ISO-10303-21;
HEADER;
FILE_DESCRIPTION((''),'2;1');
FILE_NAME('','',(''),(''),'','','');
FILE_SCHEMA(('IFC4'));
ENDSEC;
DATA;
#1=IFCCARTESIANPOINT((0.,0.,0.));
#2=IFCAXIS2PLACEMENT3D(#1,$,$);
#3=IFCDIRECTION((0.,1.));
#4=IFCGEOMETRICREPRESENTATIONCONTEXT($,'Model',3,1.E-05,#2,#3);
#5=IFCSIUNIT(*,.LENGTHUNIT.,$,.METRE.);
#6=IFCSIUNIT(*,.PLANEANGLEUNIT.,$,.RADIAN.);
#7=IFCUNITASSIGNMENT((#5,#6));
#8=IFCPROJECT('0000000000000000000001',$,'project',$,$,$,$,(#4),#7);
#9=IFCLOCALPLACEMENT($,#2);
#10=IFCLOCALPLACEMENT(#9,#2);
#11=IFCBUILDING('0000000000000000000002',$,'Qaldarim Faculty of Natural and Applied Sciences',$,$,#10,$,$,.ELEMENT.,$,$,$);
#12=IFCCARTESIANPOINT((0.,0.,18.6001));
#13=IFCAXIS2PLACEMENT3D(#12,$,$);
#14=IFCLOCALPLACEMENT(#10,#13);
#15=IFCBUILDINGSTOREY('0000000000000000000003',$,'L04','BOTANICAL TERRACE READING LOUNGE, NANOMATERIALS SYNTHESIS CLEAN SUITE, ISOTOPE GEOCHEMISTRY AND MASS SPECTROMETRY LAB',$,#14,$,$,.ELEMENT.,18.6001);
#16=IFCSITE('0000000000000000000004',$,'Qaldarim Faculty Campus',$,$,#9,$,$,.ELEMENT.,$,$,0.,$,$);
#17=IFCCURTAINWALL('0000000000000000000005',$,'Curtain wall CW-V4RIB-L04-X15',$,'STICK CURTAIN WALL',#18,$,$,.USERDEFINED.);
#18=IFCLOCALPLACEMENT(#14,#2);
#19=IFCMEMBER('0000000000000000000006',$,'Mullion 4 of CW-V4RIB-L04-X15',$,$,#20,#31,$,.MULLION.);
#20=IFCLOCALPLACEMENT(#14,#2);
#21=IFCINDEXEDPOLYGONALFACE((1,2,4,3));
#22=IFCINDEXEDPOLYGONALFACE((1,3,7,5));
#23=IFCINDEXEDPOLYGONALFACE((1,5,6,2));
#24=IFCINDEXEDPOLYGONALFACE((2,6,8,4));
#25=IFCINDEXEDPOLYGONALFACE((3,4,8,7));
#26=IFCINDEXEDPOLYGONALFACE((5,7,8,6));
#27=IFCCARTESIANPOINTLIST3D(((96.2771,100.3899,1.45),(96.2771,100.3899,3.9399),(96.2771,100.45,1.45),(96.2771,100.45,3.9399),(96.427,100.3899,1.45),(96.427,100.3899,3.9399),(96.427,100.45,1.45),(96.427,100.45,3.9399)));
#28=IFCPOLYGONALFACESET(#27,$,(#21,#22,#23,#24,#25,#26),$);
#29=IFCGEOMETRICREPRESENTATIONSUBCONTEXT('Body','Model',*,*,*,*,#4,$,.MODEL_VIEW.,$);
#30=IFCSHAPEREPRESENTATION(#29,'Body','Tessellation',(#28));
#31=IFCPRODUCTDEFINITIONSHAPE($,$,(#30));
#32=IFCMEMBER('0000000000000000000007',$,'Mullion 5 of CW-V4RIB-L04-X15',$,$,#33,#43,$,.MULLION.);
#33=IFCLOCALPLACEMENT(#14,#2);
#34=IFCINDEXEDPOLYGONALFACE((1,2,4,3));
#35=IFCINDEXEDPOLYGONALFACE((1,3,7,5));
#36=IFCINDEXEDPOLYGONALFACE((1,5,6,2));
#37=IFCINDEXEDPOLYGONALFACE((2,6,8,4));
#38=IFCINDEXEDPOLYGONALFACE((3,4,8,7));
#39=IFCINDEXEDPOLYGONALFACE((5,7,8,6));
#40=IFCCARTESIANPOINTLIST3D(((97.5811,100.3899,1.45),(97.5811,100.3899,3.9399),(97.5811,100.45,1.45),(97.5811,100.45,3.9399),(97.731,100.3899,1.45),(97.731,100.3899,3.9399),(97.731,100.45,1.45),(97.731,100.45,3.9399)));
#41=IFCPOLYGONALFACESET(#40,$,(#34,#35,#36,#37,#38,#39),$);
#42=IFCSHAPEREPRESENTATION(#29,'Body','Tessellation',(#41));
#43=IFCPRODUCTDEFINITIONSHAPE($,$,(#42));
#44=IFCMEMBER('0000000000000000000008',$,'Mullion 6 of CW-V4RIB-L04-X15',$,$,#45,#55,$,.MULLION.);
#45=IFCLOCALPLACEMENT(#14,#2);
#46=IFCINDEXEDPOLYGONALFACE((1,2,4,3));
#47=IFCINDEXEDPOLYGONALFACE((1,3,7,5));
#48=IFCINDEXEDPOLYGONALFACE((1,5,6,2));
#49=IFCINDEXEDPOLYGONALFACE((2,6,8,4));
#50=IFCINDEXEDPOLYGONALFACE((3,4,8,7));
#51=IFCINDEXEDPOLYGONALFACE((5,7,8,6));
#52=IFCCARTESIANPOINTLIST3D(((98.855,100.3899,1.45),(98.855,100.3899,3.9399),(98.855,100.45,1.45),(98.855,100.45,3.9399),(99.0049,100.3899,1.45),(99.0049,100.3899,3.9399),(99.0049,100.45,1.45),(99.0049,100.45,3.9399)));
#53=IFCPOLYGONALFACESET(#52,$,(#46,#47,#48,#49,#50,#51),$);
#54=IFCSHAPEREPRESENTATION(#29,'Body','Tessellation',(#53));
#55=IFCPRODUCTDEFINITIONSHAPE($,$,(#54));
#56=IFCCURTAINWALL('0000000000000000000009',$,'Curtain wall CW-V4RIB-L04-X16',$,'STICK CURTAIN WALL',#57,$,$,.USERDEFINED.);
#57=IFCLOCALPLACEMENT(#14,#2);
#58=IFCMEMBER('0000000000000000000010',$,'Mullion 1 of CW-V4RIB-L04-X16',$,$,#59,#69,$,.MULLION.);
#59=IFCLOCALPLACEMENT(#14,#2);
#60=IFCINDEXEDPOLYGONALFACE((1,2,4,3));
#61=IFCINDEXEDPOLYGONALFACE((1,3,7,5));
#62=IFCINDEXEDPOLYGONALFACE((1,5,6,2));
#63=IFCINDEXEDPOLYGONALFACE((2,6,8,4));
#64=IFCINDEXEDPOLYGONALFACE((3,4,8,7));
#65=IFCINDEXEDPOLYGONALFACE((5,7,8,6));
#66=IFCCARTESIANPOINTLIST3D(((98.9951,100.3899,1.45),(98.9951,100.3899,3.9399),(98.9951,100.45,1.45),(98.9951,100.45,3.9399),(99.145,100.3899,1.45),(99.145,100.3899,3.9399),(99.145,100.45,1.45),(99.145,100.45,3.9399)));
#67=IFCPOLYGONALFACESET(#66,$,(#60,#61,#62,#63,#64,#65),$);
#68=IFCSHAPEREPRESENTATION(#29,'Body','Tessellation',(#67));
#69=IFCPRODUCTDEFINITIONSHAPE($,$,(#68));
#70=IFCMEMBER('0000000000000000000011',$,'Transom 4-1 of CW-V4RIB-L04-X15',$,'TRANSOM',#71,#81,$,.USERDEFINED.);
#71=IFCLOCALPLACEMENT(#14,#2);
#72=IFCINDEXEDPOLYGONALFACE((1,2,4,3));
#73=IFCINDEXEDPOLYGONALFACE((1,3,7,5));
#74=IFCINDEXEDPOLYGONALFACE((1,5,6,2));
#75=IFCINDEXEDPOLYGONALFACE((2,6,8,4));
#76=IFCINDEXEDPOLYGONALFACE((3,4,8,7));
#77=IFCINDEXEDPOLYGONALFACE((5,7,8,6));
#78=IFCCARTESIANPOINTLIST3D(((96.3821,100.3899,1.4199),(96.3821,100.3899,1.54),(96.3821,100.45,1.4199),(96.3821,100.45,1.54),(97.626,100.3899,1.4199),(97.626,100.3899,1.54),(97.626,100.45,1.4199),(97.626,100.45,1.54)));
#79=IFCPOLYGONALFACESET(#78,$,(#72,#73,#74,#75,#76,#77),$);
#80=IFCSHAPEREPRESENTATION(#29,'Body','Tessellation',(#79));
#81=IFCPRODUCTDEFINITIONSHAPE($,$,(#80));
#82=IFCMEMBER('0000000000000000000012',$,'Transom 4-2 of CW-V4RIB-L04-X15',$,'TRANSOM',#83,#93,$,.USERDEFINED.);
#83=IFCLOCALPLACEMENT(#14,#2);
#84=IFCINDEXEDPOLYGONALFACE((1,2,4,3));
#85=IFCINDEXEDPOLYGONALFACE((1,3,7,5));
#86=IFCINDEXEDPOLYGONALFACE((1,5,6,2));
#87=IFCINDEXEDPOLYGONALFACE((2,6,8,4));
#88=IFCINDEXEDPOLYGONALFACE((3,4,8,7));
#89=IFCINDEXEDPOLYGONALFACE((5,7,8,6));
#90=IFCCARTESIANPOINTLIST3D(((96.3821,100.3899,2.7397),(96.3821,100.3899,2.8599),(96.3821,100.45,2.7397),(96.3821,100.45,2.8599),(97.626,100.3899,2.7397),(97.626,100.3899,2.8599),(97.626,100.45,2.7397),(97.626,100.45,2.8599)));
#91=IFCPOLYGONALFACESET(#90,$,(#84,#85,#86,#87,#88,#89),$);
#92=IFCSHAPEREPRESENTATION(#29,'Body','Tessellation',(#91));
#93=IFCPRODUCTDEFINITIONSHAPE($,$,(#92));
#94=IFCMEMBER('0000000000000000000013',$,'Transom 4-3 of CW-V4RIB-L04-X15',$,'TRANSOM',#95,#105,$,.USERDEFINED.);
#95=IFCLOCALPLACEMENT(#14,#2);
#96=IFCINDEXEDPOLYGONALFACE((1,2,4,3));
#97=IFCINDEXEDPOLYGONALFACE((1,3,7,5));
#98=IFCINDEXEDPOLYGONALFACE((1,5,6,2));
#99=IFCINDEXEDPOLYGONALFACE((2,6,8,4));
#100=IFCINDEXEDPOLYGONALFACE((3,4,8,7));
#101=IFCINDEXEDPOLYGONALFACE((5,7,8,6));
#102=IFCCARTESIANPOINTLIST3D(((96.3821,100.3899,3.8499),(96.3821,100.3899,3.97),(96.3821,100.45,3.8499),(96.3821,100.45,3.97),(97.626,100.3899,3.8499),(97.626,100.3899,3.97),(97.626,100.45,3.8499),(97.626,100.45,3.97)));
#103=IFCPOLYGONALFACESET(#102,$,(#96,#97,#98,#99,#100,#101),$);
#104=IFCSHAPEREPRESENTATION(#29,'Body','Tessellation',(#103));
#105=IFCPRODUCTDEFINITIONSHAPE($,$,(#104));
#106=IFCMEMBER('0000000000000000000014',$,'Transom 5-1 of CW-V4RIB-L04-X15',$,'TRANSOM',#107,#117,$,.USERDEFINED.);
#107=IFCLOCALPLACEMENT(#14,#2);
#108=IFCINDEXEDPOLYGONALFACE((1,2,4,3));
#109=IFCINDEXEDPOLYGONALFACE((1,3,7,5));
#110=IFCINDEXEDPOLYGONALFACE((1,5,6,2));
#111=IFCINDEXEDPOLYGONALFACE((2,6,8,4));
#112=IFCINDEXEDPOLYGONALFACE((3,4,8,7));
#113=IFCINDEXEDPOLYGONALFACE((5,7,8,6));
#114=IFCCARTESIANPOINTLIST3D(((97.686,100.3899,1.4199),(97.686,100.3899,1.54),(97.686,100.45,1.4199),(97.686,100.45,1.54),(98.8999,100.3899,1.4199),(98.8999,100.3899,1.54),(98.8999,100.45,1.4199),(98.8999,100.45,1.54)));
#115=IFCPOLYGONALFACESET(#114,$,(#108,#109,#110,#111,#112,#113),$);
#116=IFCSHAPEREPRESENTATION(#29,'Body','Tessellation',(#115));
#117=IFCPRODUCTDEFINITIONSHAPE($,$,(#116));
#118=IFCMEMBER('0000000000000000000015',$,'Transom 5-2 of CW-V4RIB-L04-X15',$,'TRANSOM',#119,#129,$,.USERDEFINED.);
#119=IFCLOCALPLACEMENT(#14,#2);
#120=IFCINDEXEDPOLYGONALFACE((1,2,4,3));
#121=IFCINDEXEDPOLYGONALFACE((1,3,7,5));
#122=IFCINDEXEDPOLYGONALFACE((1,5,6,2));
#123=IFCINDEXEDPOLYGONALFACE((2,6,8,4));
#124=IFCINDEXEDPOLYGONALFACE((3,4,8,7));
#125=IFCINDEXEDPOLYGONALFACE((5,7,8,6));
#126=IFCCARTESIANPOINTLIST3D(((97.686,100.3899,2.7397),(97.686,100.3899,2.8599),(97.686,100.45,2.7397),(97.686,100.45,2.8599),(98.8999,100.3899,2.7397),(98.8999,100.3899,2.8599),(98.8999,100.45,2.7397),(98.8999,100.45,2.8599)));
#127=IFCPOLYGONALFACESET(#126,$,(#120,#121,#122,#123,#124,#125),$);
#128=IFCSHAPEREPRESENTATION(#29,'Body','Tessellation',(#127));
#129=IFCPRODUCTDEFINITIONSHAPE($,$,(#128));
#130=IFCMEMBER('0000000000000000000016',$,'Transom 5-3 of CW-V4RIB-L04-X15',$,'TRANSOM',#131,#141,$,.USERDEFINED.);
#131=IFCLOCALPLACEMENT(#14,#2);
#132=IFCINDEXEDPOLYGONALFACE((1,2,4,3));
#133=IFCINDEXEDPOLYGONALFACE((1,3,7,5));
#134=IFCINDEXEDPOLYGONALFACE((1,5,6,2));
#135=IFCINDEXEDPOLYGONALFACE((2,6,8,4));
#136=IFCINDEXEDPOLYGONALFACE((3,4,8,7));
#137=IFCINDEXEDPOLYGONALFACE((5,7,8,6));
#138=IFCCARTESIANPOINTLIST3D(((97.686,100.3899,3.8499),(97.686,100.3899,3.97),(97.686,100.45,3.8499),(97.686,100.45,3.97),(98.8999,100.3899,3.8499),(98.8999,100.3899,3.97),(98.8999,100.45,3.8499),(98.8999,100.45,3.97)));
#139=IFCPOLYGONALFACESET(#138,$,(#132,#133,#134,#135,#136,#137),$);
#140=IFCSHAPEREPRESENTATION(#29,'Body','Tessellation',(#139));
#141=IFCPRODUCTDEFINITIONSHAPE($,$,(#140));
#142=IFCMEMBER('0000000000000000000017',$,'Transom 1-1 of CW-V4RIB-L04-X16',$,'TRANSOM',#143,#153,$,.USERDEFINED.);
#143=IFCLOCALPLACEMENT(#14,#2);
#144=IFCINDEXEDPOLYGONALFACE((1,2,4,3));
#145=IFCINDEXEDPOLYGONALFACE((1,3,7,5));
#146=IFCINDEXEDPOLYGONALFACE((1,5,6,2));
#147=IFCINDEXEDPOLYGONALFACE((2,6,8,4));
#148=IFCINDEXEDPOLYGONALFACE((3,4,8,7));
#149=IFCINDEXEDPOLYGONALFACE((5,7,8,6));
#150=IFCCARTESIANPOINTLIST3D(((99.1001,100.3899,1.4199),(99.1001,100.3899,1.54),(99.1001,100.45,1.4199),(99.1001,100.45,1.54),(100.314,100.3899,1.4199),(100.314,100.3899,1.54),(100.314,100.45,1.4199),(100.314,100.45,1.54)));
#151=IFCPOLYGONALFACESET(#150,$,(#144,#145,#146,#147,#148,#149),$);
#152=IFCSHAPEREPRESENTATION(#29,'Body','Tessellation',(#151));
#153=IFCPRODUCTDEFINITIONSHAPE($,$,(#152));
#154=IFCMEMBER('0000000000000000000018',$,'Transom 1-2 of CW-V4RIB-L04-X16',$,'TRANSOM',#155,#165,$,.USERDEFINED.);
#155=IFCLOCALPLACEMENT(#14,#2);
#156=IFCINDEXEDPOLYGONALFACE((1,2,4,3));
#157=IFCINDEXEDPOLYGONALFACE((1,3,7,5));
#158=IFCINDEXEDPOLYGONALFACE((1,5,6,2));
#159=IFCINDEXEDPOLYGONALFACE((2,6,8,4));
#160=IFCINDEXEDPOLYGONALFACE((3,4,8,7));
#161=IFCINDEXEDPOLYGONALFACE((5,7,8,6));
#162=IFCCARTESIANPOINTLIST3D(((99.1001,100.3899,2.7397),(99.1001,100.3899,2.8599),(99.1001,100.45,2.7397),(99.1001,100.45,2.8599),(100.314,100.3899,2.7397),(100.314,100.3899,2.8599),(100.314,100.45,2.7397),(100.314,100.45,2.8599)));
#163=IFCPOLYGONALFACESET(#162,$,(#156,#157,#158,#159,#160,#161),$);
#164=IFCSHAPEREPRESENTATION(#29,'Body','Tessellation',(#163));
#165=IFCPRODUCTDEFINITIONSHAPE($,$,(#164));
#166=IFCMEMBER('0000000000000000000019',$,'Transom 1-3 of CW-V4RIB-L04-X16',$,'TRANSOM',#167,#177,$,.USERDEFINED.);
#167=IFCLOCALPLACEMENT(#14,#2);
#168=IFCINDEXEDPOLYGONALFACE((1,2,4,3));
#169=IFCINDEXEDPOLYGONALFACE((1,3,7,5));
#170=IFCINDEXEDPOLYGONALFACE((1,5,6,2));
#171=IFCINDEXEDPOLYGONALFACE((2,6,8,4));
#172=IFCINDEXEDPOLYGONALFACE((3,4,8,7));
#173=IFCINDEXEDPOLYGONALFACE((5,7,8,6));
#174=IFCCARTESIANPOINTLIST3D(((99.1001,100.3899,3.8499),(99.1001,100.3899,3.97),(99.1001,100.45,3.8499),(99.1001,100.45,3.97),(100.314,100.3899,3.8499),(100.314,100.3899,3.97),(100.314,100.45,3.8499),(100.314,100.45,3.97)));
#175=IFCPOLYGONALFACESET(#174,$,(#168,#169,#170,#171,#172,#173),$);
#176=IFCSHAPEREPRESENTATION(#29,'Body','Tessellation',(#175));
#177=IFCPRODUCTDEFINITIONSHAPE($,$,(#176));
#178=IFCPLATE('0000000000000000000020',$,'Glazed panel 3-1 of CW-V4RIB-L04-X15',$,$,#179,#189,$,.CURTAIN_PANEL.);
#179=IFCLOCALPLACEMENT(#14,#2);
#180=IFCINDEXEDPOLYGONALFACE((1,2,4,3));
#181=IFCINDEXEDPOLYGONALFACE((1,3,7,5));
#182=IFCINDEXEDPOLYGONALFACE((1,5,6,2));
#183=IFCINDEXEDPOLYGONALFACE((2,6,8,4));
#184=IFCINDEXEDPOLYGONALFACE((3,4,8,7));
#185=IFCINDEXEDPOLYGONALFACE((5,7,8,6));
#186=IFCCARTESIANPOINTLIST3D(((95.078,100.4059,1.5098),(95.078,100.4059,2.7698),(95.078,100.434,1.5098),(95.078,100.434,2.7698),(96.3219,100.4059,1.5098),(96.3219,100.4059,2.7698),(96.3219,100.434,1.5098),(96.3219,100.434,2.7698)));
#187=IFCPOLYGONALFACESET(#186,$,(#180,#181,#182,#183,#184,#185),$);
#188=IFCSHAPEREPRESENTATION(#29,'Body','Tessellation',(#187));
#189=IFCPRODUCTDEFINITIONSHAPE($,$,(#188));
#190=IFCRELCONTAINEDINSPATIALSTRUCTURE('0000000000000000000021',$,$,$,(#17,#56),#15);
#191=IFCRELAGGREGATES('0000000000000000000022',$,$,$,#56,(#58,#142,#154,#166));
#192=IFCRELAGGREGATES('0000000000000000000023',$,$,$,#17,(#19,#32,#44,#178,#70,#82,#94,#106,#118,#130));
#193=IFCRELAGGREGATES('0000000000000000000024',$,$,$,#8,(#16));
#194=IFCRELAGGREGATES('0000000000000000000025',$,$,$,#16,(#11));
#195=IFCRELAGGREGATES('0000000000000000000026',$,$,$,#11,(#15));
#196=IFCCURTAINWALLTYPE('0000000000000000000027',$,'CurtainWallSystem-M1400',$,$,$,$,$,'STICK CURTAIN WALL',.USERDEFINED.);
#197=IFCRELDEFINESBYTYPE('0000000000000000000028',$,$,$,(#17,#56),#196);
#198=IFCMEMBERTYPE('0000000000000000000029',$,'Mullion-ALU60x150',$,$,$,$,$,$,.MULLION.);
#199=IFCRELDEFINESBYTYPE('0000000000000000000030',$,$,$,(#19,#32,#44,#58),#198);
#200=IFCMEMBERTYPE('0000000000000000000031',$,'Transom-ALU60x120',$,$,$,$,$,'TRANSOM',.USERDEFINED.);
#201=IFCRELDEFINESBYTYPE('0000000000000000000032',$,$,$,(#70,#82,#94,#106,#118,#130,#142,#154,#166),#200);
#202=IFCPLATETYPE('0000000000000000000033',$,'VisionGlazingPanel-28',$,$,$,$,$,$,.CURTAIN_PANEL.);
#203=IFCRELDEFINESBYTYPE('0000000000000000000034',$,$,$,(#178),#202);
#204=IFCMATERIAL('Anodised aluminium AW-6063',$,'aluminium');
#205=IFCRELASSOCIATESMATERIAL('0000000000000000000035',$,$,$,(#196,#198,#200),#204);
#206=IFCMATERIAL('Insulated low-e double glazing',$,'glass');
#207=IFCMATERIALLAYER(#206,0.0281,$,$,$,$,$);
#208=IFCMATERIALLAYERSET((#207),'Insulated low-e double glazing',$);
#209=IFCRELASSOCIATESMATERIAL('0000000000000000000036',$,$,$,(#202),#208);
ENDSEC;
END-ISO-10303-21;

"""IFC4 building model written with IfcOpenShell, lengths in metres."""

from ifc_helpers import new_model, si_unit, direction, frame, origin, origin_2d, place, context, subcontext, project, spatial, rectangle, extrude, material, layer, layer_set, material_profile, profile_set, type_object, element, aggregate, save


model = new_model("IFC4")

# Units and contexts
model_context = context("Model", 3, precision=1e-05, world=origin(), true_north=direction((0.0, 1.0)))
body_context = subcontext(model_context, "Body", "Model", "MODEL_VIEW")
ifc_project = project(units=[si_unit("LENGTHUNIT", "METRE"), si_unit("PLANEANGLEUNIT", "RADIAN")], contexts=[model_context])

# Site, building, storey
site_placement = place(None, origin())
site = spatial("IfcSite", under=ifc_project, at=site_placement, Name="Qaldarim Faculty Campus", CompositionType="ELEMENT", RefElevation=0.0)
building_placement = place(site_placement, origin())
building = spatial("IfcBuilding", under=site, at=building_placement, Name="Qaldarim Faculty of Natural and Applied Sciences", CompositionType="ELEMENT")
storey_placement = place(building_placement, frame((0.0, 0.0, 18.6001)))
storey = spatial("IfcBuildingStorey", under=building, at=storey_placement, Name="L04", Description="BOTANICAL TERRACE READING LOUNGE, NANOMATERIALS SYNTHESIS CLEAN SUITE, ISOTOPE GEOCHEMISTRY AND MASS SPECTROMETRY LAB", CompositionType="ELEMENT", Elevation=18.6001)

# Curtain wall, members
ifc_material_1 = material(Name="Anodised aluminium AW-6063", Category="aluminium")
curtain_wall_type = type_object("IfcCurtainWallType", Name="CurtainWallSystem-M1400", ElementType="STICK CURTAIN WALL", PredefinedType="USERDEFINED", material=ifc_material_1)
curtain_wall_1_placement = place(storey_placement, origin())
curtain_wall_1 = element("IfcCurtainWall", 1, at=curtain_wall_1_placement, inside=storey, type_object=curtain_wall_type, Name="Curtain wall CW-V4RIB-L04-X15", ObjectType="STICK CURTAIN WALL", PredefinedType="USERDEFINED")
ifc_material_profile_1 = material_profile(ifc_material_1, rectangle(XDim=0.0601, YDim=0.1499, at=origin_2d()), Name="ALU-M60x150")
ifc_profile_set_1 = profile_set([ifc_material_profile_1], Name="Anodised aluminium AW-6063")
member_type_1 = type_object("IfcMemberType", Name="Mullion-ALU60x150", PredefinedType="MULLION", material=ifc_profile_set_1)
member_1_placement = place(storey_placement, frame((96.3521, 100.4199, 1.45), z_axis=(0.0, 0.0, 1.0), x_axis=(0.0, 1.0, 0.0)))
member_1 = element("IfcMember", 2, at=member_1_placement, type_object=member_type_1, Name="Mullion 4 of CW-V4RIB-L04-X15", PredefinedType="MULLION", context=body_context, shape_type="SweptSolid", body=[
    extrude(rectangle(XDim=0.0601, YDim=0.1499, at=origin_2d()), origin(), (0.0, 0.0, 1.0), 2.49),
])
member_2_placement = place(storey_placement, frame((97.656, 100.4199, 1.45), z_axis=(0.0, 0.0, 1.0), x_axis=(0.0, 1.0, 0.0)))
member_2 = element("IfcMember", 3, at=member_2_placement, type_object=member_type_1, Name="Mullion 5 of CW-V4RIB-L04-X15", PredefinedType="MULLION", context=body_context, shape_type="SweptSolid", body=[
    extrude(rectangle(XDim=0.0601, YDim=0.1499, at=origin_2d()), origin(), (0.0, 0.0, 1.0), 2.49),
])
member_3_placement = place(storey_placement, frame((98.9299, 100.4199, 1.45), z_axis=(0.0, 0.0, 1.0), x_axis=(0.0, 1.0, 0.0)))
member_3 = element("IfcMember", 4, at=member_3_placement, type_object=member_type_1, Name="Mullion 6 of CW-V4RIB-L04-X15", PredefinedType="MULLION", context=body_context, shape_type="SweptSolid", body=[
    extrude(rectangle(XDim=0.0601, YDim=0.1499, at=origin_2d()), origin(), (0.0, 0.0, 1.0), 2.49),
])

# Curtain wall, member
curtain_wall_2_placement = place(storey_placement, origin())
curtain_wall_2 = element("IfcCurtainWall", 5, at=curtain_wall_2_placement, inside=storey, type_object=curtain_wall_type, Name="Curtain wall CW-V4RIB-L04-X16", ObjectType="STICK CURTAIN WALL", PredefinedType="USERDEFINED")
member_4_placement = place(storey_placement, frame((99.0701, 100.4199, 1.45), z_axis=(0.0, 0.0, 1.0), x_axis=(0.0, 1.0, 0.0)))
member_4 = element("IfcMember", 6, at=member_4_placement, type_object=member_type_1, Name="Mullion 1 of CW-V4RIB-L04-X16", PredefinedType="MULLION", context=body_context, shape_type="SweptSolid", body=[
    extrude(rectangle(XDim=0.0601, YDim=0.1499, at=origin_2d()), origin(), (0.0, 0.0, 1.0), 2.49),
])

# Members
ifc_material_profile_2 = material_profile(ifc_material_1, rectangle(XDim=0.0601, YDim=0.1201, at=origin_2d()), Name="ALU-T60x120")
ifc_profile_set_2 = profile_set([ifc_material_profile_2], Name="Anodised aluminium AW-6063")
member_type_2 = type_object("IfcMemberType", Name="Transom-ALU60x120", ElementType="TRANSOM", PredefinedType="USERDEFINED", material=ifc_profile_set_2)
member_5_placement = place(storey_placement, frame((96.3821, 100.4199, 1.48), z_axis=(1.0, 0.0, 0.0), x_axis=(0.0, 1.0, 0.0)))
member_5 = element("IfcMember", 7, at=member_5_placement, type_object=member_type_2, Name="Transom 4-1 of CW-V4RIB-L04-X15", ObjectType="TRANSOM", PredefinedType="USERDEFINED", context=body_context, shape_type="SweptSolid", body=[
    extrude(rectangle(XDim=0.0601, YDim=0.1201, at=origin_2d()), origin(), (0.0, 0.0, 1.0), 1.2439),
])
member_6_placement = place(storey_placement, frame((96.3821, 100.4199, 2.7998), z_axis=(1.0, 0.0, 0.0), x_axis=(0.0, 1.0, 0.0)))
member_6 = element("IfcMember", 8, at=member_6_placement, type_object=member_type_2, Name="Transom 4-2 of CW-V4RIB-L04-X15", ObjectType="TRANSOM", PredefinedType="USERDEFINED", context=body_context, shape_type="SweptSolid", body=[
    extrude(rectangle(XDim=0.0601, YDim=0.1201, at=origin_2d()), origin(), (0.0, 0.0, 1.0), 1.2439),
])
member_7_placement = place(storey_placement, frame((96.3821, 100.4199, 3.9099), z_axis=(1.0, 0.0, 0.0), x_axis=(0.0, 1.0, 0.0)))
member_7 = element("IfcMember", 9, at=member_7_placement, type_object=member_type_2, Name="Transom 4-3 of CW-V4RIB-L04-X15", ObjectType="TRANSOM", PredefinedType="USERDEFINED", context=body_context, shape_type="SweptSolid", body=[
    extrude(rectangle(XDim=0.0601, YDim=0.1201, at=origin_2d()), origin(), (0.0, 0.0, 1.0), 1.2439),
])
member_8_placement = place(storey_placement, frame((97.686, 100.4199, 1.48), z_axis=(1.0, 0.0, 0.0), x_axis=(0.0, 1.0, 0.0)))
member_8 = element("IfcMember", 10, at=member_8_placement, type_object=member_type_2, Name="Transom 5-1 of CW-V4RIB-L04-X15", ObjectType="TRANSOM", PredefinedType="USERDEFINED", context=body_context, shape_type="SweptSolid", body=[
    extrude(rectangle(XDim=0.0601, YDim=0.1201, at=origin_2d()), origin(), (0.0, 0.0, 1.0), 1.2139),
])
member_9_placement = place(storey_placement, frame((97.686, 100.4199, 2.7998), z_axis=(1.0, 0.0, 0.0), x_axis=(0.0, 1.0, 0.0)))
member_9 = element("IfcMember", 11, at=member_9_placement, type_object=member_type_2, Name="Transom 5-2 of CW-V4RIB-L04-X15", ObjectType="TRANSOM", PredefinedType="USERDEFINED", context=body_context, shape_type="SweptSolid", body=[
    extrude(rectangle(XDim=0.0601, YDim=0.1201, at=origin_2d()), origin(), (0.0, 0.0, 1.0), 1.2139),
])
member_10_placement = place(storey_placement, frame((97.686, 100.4199, 3.9099), z_axis=(1.0, 0.0, 0.0), x_axis=(0.0, 1.0, 0.0)))
member_10 = element("IfcMember", 12, at=member_10_placement, type_object=member_type_2, Name="Transom 5-3 of CW-V4RIB-L04-X15", ObjectType="TRANSOM", PredefinedType="USERDEFINED", context=body_context, shape_type="SweptSolid", body=[
    extrude(rectangle(XDim=0.0601, YDim=0.1201, at=origin_2d()), origin(), (0.0, 0.0, 1.0), 1.2139),
])
member_11_placement = place(storey_placement, frame((99.1001, 100.4199, 1.48), z_axis=(1.0, 0.0, 0.0), x_axis=(0.0, 1.0, 0.0)))
member_11 = element("IfcMember", 13, at=member_11_placement, type_object=member_type_2, Name="Transom 1-1 of CW-V4RIB-L04-X16", ObjectType="TRANSOM", PredefinedType="USERDEFINED", context=body_context, shape_type="SweptSolid", body=[
    extrude(rectangle(XDim=0.0601, YDim=0.1201, at=origin_2d()), origin(), (0.0, 0.0, 1.0), 1.2139),
])
member_12_placement = place(storey_placement, frame((99.1001, 100.4199, 2.7998), z_axis=(1.0, 0.0, 0.0), x_axis=(0.0, 1.0, 0.0)))
member_12 = element("IfcMember", 14, at=member_12_placement, type_object=member_type_2, Name="Transom 1-2 of CW-V4RIB-L04-X16", ObjectType="TRANSOM", PredefinedType="USERDEFINED", context=body_context, shape_type="SweptSolid", body=[
    extrude(rectangle(XDim=0.0601, YDim=0.1201, at=origin_2d()), origin(), (0.0, 0.0, 1.0), 1.2139),
])
member_13_placement = place(storey_placement, frame((99.1001, 100.4199, 3.9099), z_axis=(1.0, 0.0, 0.0), x_axis=(0.0, 1.0, 0.0)))
member_13 = element("IfcMember", 15, at=member_13_placement, type_object=member_type_2, Name="Transom 1-3 of CW-V4RIB-L04-X16", ObjectType="TRANSOM", PredefinedType="USERDEFINED", context=body_context, shape_type="SweptSolid", body=[
    extrude(rectangle(XDim=0.0601, YDim=0.1201, at=origin_2d()), origin(), (0.0, 0.0, 1.0), 1.2139),
])
aggregate(curtain_wall_2, [member_4, member_11, member_12, member_13])

# Plate
ifc_material_2 = material(Name="Insulated low-e double glazing", Category="glass")
ifc_layer_1 = layer(ifc_material_2, 0.0281)
ifc_layer_set_1 = layer_set([ifc_layer_1], Name="Insulated low-e double glazing")
plate_type = type_object("IfcPlateType", Name="VisionGlazingPanel-28", PredefinedType="CURTAIN_PANEL", material=ifc_layer_set_1)
plate_1_placement = place(storey_placement, frame((95.7, 100.4199, 1.5098), z_axis=(0.0, 0.0, 1.0), x_axis=(1.0, 0.0, 0.0)))
plate_1 = element("IfcPlate", 16, at=plate_1_placement, type_object=plate_type, Name="Glazed panel 3-1 of CW-V4RIB-L04-X15", PredefinedType="CURTAIN_PANEL", context=body_context, shape_type="SweptSolid", body=[
    extrude(rectangle(XDim=1.2439, YDim=0.0281, at=origin_2d()), origin(), (0.0, 0.0, 1.0), 1.26),
])
aggregate(curtain_wall_1, [member_1, member_2, member_3, plate_1, member_5, member_6, member_7, member_8, member_9, member_10])

save(model, "model.ifc")
